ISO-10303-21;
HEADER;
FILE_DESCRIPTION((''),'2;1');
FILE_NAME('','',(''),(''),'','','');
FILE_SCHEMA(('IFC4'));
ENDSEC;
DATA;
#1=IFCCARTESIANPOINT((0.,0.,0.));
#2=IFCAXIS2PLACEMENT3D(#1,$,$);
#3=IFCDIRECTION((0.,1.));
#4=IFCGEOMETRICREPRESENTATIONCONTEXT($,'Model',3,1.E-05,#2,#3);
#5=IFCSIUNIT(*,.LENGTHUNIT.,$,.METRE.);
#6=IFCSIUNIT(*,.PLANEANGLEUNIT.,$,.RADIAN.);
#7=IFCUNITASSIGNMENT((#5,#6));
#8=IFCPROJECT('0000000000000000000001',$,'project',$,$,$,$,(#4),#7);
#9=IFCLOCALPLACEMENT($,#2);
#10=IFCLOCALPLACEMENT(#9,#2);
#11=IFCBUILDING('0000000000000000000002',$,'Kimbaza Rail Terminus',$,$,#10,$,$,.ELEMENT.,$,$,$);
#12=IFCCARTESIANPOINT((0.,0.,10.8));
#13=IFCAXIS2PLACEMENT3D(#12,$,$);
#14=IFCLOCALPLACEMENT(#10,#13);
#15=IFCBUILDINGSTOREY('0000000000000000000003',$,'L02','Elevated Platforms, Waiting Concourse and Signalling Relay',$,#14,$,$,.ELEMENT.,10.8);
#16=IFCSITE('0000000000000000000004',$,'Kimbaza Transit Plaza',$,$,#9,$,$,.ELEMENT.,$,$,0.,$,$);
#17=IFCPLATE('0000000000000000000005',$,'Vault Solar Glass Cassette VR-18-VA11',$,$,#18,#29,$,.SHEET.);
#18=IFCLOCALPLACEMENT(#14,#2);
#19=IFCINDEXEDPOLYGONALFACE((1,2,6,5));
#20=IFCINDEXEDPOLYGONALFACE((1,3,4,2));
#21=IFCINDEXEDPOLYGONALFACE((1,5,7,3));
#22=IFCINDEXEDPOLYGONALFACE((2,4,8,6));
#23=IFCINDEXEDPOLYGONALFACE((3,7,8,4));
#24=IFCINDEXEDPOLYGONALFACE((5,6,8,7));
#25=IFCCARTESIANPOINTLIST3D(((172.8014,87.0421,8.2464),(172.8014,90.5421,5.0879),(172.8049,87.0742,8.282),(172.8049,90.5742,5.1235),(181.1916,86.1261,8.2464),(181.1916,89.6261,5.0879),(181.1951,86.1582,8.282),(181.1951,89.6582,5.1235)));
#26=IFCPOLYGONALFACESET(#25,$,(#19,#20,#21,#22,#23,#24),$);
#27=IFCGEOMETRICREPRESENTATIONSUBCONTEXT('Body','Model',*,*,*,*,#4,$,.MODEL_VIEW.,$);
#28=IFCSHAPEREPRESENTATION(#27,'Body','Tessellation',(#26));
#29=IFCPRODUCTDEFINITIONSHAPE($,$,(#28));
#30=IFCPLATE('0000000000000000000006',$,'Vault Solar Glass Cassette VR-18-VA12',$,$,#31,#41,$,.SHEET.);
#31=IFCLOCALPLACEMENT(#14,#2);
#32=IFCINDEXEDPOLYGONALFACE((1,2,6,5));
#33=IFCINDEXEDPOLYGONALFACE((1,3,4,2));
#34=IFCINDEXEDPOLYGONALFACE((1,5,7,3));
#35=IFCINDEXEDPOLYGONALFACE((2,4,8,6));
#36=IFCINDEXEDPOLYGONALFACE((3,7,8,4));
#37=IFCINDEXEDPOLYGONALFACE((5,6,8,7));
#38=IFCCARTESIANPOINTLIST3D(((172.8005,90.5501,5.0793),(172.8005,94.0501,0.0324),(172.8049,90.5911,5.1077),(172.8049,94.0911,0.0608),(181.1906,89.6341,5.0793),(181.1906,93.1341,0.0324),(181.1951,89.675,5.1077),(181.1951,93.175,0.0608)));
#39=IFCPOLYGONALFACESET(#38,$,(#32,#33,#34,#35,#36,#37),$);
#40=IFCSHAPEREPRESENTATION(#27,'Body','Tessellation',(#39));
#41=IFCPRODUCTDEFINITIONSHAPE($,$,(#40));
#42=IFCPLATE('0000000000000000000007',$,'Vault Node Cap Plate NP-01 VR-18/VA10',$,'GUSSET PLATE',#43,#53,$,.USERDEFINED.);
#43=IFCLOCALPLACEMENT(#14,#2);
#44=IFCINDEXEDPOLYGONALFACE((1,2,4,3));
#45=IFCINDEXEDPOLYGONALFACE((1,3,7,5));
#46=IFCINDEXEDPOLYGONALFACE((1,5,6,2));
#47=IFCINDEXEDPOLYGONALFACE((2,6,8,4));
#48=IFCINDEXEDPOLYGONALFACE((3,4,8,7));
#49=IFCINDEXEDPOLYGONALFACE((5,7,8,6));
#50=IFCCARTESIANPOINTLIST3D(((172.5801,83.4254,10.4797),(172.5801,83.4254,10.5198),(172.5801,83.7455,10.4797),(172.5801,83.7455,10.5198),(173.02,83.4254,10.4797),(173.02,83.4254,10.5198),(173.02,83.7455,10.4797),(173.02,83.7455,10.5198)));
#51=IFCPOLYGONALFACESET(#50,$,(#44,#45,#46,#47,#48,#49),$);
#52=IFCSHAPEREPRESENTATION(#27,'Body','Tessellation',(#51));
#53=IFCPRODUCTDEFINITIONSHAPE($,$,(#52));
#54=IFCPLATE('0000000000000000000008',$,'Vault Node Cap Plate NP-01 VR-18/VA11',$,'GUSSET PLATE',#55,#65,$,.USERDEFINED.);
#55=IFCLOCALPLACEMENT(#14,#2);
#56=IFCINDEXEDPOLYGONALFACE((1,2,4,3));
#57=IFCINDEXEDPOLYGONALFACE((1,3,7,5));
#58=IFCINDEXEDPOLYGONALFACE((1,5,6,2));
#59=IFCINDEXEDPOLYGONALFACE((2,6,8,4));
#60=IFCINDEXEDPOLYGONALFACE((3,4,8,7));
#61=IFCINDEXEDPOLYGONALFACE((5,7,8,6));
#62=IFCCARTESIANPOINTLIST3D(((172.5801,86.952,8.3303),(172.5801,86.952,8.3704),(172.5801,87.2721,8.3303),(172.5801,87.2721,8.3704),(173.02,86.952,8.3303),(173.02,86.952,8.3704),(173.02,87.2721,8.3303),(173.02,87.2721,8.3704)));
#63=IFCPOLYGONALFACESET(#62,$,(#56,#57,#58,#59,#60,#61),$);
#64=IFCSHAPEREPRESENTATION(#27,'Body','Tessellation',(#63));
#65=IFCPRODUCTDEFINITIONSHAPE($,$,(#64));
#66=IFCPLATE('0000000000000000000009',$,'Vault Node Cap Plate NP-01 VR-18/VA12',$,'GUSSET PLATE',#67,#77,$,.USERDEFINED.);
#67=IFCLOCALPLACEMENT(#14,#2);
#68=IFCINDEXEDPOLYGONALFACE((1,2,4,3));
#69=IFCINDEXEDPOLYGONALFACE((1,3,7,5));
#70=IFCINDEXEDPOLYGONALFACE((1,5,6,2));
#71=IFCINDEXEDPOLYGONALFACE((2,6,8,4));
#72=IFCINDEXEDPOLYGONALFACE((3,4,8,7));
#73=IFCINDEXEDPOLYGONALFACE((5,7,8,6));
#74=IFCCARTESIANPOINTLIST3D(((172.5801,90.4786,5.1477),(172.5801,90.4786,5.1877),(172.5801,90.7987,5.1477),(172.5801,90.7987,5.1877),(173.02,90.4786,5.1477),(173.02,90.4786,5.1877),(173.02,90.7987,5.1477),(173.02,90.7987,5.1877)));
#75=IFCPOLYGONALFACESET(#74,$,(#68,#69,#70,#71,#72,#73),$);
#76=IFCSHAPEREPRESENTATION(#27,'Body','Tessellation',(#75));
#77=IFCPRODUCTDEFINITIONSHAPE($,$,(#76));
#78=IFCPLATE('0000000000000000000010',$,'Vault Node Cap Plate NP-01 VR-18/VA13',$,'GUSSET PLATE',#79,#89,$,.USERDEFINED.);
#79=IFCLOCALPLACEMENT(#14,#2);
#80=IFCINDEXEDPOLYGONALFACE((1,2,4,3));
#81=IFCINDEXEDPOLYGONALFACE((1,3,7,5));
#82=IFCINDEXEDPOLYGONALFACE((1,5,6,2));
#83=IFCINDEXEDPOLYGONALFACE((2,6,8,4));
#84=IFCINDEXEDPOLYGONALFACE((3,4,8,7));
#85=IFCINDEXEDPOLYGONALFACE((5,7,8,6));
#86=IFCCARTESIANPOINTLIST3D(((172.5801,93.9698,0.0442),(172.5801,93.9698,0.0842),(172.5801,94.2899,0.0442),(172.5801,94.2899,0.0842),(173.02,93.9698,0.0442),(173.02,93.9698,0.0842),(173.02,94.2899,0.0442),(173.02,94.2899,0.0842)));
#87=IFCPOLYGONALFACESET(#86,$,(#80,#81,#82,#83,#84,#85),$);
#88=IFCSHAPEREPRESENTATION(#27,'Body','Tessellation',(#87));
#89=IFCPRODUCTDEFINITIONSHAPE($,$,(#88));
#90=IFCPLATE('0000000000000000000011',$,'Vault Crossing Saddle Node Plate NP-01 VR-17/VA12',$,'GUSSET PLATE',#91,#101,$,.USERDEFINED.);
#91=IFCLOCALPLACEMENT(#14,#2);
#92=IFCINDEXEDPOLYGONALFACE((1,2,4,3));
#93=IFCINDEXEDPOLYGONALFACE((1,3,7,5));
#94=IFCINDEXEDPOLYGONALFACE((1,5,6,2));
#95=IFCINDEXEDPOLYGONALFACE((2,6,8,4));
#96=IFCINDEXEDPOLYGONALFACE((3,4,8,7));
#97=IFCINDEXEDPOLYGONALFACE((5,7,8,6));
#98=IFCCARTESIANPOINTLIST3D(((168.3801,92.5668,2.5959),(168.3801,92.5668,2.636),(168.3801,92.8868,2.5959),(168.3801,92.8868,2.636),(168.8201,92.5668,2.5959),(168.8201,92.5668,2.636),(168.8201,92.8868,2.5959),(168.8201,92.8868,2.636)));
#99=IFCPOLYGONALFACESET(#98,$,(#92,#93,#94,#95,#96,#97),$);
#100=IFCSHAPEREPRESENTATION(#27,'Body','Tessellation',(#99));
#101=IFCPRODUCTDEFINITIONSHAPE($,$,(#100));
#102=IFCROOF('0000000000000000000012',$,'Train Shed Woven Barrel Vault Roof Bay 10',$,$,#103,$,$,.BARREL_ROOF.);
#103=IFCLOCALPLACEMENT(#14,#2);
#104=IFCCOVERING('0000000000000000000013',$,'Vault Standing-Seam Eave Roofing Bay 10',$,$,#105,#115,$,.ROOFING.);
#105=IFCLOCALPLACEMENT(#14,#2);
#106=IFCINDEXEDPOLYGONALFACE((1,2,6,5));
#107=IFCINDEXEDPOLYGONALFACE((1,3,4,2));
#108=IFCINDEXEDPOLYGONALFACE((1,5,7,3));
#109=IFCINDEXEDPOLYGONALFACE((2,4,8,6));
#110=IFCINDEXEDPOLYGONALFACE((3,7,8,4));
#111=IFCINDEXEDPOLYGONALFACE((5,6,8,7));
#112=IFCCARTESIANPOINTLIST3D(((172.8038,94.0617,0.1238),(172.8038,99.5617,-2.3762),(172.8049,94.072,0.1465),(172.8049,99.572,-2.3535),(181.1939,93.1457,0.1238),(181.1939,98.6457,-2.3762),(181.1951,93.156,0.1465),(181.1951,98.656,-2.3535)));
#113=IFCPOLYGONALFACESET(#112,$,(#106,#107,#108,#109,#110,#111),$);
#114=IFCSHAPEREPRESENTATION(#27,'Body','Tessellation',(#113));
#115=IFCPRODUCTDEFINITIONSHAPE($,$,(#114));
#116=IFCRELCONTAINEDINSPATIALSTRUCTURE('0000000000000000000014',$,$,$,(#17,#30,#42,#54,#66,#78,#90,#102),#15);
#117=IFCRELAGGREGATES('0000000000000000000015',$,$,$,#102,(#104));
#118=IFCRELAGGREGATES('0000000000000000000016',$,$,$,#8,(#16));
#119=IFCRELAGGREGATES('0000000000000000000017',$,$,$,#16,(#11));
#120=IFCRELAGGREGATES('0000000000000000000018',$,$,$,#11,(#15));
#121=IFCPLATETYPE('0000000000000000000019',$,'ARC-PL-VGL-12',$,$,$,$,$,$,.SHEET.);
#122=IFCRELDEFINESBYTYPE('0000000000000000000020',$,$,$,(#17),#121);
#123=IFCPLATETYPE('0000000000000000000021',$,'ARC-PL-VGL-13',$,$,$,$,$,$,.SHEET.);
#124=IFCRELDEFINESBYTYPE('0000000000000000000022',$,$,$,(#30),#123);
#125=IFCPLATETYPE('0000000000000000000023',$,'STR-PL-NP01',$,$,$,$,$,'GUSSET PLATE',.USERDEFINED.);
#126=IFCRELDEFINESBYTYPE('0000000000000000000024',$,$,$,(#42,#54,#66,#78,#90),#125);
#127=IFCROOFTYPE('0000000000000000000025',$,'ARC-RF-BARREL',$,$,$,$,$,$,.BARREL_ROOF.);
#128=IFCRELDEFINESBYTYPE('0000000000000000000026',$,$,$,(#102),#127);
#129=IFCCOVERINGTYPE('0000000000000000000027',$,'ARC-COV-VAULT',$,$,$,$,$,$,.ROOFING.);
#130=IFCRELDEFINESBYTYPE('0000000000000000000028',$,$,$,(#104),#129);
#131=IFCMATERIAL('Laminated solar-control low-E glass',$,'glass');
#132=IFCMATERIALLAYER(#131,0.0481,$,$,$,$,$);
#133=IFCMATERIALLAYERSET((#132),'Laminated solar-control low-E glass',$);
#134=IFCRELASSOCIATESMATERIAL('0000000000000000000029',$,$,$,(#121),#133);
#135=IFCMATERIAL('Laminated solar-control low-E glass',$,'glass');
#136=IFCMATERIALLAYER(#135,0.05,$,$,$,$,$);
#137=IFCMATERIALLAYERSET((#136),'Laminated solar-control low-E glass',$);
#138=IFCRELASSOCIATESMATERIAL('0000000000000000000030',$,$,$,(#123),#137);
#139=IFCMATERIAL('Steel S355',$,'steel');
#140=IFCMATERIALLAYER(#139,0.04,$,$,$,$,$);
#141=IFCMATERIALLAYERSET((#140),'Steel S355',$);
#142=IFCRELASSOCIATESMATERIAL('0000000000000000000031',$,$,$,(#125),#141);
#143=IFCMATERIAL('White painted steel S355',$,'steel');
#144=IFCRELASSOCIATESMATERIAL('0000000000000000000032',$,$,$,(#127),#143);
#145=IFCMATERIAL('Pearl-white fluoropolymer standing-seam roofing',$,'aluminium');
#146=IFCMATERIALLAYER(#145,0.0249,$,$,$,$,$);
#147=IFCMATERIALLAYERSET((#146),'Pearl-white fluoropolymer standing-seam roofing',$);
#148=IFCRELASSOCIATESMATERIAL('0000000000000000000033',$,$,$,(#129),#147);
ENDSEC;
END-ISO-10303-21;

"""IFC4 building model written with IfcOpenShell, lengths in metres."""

from ifc_helpers import new_model, si_unit, direction, frame, origin, origin_2d, place, context, subcontext, project, spatial, polyline, rectangle, outline, extrude, material, layer, layer_set, type_object, element, aggregate, save


model = new_model("IFC4")

# Units and contexts
model_context = context("Model", 3, precision=1e-05, world=origin(), true_north=direction((0.0, 1.0)))
body_context = subcontext(model_context, "Body", "Model", "MODEL_VIEW")
ifc_project = project(units=[si_unit("LENGTHUNIT", "METRE"), si_unit("PLANEANGLEUNIT", "RADIAN")], contexts=[model_context])

# Site, building, storey
site_placement = place(None, origin())
site = spatial("IfcSite", under=ifc_project, at=site_placement, Name="Kimbaza Transit Plaza", CompositionType="ELEMENT", RefElevation=0.0)
building_placement = place(site_placement, origin())
building = spatial("IfcBuilding", under=site, at=building_placement, Name="Kimbaza Rail Terminus", CompositionType="ELEMENT")
storey_placement = place(building_placement, frame((0.0, 0.0, 10.8)))
storey = spatial("IfcBuildingStorey", under=building, at=storey_placement, Name="L02", Description="Elevated Platforms, Waiting Concourse and Signalling Relay", CompositionType="ELEMENT", Elevation=10.8)

# Plates
ifc_material_1 = material(Name="Laminated solar-control low-E glass", Category="glass")
ifc_layer_1 = layer(ifc_material_1, 0.0481)
ifc_layer_set_1 = layer_set([ifc_layer_1], Name="Laminated solar-control low-E glass")
plate_type_1 = type_object("IfcPlateType", Name="ARC-PL-VGL-12", PredefinedType="SHEET", material=ifc_layer_set_1)
plate_1_placement = place(storey_placement, frame((172.8049, 87.0742, 8.282), z_axis=(0.072949, 0.668169, 0.740425), x_axis=(0.994093, -0.108533, 0.0)))
element("IfcPlate", 1, at=plate_1_placement, inside=storey, type_object=plate_type_1, Name="Vault Solar Glass Cassette VR-18-VA11", PredefinedType="SHEET", context=body_context, shape_type="SweptSolid", body=[
    extrude(outline(polyline([(0.0, 0.0), (8.44, 0.0), (8.0601, 4.6991), (-0.3799, 4.6991), (0.0, 0.0)])), origin(), (0.0, 0.0, -1.0), 0.0481),
])
ifc_material_2 = material(Name="Laminated solar-control low-E glass", Category="glass")
ifc_layer_2 = layer(ifc_material_2, 0.05)
ifc_layer_set_2 = layer_set([ifc_layer_2], Name="Laminated solar-control low-E glass")
plate_type_2 = type_object("IfcPlateType", Name="ARC-PL-VGL-13", PredefinedType="SHEET", material=ifc_layer_set_2)
plate_2_placement = place(storey_placement, frame((172.8049, 90.5911, 5.1077), z_axis=(0.089356, 0.818447, 0.567592), x_axis=(0.994093, -0.108533, 0.0)))
element("IfcPlate", 2, at=plate_2_placement, inside=storey, type_object=plate_type_2, Name="Vault Solar Glass Cassette VR-18-VA12", PredefinedType="SHEET", context=body_context, shape_type="SweptSolid", body=[
    extrude(outline(polyline([(0.0, 0.0), (8.44, 0.0), (8.0601, 6.13), (-0.3799, 6.13), (0.0, 0.0)])), origin(), (0.0, 0.0, -1.0), 0.05),
])
ifc_material_3 = material(Name="Steel S355", Category="steel")
ifc_layer_3 = layer(ifc_material_3, 0.04)
ifc_layer_set_3 = layer_set([ifc_layer_3], Name="Steel S355")
plate_type_3 = type_object("IfcPlateType", Name="STR-PL-NP01", ElementType="GUSSET PLATE", PredefinedType="USERDEFINED", material=ifc_layer_set_3)
for number, where, z_axis, x_axis, name in (
    (3, (172.8, 83.5854, 10.4797), (0.0, 0.0, 1.0), (1.0, 0.0, 0.0), "Vault Node Cap Plate NP-01 VR-18/VA10"),
    (4, (172.8, 87.1121, 8.3303), (0.0, 0.0, 1.0), (1.0, 0.0, 0.0), "Vault Node Cap Plate NP-01 VR-18/VA11"),
    (5, (172.8, 90.6387, 5.1477), (0.0, 0.0, 1.0), (1.0, 0.0, 0.0), "Vault Node Cap Plate NP-01 VR-18/VA12"),
    (6, (172.8, 94.1299, 0.0442), (0.0, 0.0, 1.0), (1.0, 0.0, 0.0), "Vault Node Cap Plate NP-01 VR-18/VA13"),
    (7, (168.6001, 92.7268, 2.5959), (0.0, 0.0, 1.0), (1.0, 0.0, 0.0), "Vault Crossing Saddle Node Plate NP-01 VR-17/VA12"),
):
    element("IfcPlate", number, at=place(storey_placement, frame(where, z_axis=z_axis, x_axis=x_axis)), inside=storey, type_object=plate_type_3, Name=name, ObjectType="GUSSET PLATE", PredefinedType="USERDEFINED", context=body_context, shape_type="SweptSolid", body=[
        extrude(rectangle(XDim=0.4399, YDim=0.3201, at=origin_2d()), origin(), (0.0, 0.0, 1.0), 0.04),
    ])

# Roof, covering
ifc_material_4 = material(Name="White painted steel S355", Category="steel")
roof_type = type_object("IfcRoofType", Name="ARC-RF-BARREL", PredefinedType="BARREL_ROOF", material=ifc_material_4)
roof_placement = place(storey_placement, origin())
roof = element("IfcRoof", 8, at=roof_placement, inside=storey, type_object=roof_type, Name="Train Shed Woven Barrel Vault Roof Bay 10", PredefinedType="BARREL_ROOF")
ifc_material_5 = material(Name="Pearl-white fluoropolymer standing-seam roofing", Category="aluminium")
ifc_layer_4 = layer(ifc_material_5, 0.0249)
ifc_layer_set_4 = layer_set([ifc_layer_4], Name="Pearl-white fluoropolymer standing-seam roofing")
covering_type = type_object("IfcCoveringType", Name="ARC-COV-VAULT", PredefinedType="ROOFING", material=ifc_layer_set_4)
covering_placement = place(storey_placement, frame((172.8049, 94.072, 0.1465), z_axis=(0.045132, 0.413381, 0.909439), x_axis=(0.994093, -0.108533, 0.0)))
covering = element("IfcCovering", 9, at=covering_placement, type_object=covering_type, Name="Vault Standing-Seam Eave Roofing Bay 10", PredefinedType="ROOFING", context=body_context, shape_type="SweptSolid", body=[
    extrude(outline(polyline([(0.0, 0.0), (8.44, 0.0), (7.8431, 6.012), (-0.5969, 6.012), (0.0, 0.0)])), origin(), (0.0, 0.0, -1.0), 0.0249),
])
aggregate(roof, [covering])

save(model, "model.ifc")
